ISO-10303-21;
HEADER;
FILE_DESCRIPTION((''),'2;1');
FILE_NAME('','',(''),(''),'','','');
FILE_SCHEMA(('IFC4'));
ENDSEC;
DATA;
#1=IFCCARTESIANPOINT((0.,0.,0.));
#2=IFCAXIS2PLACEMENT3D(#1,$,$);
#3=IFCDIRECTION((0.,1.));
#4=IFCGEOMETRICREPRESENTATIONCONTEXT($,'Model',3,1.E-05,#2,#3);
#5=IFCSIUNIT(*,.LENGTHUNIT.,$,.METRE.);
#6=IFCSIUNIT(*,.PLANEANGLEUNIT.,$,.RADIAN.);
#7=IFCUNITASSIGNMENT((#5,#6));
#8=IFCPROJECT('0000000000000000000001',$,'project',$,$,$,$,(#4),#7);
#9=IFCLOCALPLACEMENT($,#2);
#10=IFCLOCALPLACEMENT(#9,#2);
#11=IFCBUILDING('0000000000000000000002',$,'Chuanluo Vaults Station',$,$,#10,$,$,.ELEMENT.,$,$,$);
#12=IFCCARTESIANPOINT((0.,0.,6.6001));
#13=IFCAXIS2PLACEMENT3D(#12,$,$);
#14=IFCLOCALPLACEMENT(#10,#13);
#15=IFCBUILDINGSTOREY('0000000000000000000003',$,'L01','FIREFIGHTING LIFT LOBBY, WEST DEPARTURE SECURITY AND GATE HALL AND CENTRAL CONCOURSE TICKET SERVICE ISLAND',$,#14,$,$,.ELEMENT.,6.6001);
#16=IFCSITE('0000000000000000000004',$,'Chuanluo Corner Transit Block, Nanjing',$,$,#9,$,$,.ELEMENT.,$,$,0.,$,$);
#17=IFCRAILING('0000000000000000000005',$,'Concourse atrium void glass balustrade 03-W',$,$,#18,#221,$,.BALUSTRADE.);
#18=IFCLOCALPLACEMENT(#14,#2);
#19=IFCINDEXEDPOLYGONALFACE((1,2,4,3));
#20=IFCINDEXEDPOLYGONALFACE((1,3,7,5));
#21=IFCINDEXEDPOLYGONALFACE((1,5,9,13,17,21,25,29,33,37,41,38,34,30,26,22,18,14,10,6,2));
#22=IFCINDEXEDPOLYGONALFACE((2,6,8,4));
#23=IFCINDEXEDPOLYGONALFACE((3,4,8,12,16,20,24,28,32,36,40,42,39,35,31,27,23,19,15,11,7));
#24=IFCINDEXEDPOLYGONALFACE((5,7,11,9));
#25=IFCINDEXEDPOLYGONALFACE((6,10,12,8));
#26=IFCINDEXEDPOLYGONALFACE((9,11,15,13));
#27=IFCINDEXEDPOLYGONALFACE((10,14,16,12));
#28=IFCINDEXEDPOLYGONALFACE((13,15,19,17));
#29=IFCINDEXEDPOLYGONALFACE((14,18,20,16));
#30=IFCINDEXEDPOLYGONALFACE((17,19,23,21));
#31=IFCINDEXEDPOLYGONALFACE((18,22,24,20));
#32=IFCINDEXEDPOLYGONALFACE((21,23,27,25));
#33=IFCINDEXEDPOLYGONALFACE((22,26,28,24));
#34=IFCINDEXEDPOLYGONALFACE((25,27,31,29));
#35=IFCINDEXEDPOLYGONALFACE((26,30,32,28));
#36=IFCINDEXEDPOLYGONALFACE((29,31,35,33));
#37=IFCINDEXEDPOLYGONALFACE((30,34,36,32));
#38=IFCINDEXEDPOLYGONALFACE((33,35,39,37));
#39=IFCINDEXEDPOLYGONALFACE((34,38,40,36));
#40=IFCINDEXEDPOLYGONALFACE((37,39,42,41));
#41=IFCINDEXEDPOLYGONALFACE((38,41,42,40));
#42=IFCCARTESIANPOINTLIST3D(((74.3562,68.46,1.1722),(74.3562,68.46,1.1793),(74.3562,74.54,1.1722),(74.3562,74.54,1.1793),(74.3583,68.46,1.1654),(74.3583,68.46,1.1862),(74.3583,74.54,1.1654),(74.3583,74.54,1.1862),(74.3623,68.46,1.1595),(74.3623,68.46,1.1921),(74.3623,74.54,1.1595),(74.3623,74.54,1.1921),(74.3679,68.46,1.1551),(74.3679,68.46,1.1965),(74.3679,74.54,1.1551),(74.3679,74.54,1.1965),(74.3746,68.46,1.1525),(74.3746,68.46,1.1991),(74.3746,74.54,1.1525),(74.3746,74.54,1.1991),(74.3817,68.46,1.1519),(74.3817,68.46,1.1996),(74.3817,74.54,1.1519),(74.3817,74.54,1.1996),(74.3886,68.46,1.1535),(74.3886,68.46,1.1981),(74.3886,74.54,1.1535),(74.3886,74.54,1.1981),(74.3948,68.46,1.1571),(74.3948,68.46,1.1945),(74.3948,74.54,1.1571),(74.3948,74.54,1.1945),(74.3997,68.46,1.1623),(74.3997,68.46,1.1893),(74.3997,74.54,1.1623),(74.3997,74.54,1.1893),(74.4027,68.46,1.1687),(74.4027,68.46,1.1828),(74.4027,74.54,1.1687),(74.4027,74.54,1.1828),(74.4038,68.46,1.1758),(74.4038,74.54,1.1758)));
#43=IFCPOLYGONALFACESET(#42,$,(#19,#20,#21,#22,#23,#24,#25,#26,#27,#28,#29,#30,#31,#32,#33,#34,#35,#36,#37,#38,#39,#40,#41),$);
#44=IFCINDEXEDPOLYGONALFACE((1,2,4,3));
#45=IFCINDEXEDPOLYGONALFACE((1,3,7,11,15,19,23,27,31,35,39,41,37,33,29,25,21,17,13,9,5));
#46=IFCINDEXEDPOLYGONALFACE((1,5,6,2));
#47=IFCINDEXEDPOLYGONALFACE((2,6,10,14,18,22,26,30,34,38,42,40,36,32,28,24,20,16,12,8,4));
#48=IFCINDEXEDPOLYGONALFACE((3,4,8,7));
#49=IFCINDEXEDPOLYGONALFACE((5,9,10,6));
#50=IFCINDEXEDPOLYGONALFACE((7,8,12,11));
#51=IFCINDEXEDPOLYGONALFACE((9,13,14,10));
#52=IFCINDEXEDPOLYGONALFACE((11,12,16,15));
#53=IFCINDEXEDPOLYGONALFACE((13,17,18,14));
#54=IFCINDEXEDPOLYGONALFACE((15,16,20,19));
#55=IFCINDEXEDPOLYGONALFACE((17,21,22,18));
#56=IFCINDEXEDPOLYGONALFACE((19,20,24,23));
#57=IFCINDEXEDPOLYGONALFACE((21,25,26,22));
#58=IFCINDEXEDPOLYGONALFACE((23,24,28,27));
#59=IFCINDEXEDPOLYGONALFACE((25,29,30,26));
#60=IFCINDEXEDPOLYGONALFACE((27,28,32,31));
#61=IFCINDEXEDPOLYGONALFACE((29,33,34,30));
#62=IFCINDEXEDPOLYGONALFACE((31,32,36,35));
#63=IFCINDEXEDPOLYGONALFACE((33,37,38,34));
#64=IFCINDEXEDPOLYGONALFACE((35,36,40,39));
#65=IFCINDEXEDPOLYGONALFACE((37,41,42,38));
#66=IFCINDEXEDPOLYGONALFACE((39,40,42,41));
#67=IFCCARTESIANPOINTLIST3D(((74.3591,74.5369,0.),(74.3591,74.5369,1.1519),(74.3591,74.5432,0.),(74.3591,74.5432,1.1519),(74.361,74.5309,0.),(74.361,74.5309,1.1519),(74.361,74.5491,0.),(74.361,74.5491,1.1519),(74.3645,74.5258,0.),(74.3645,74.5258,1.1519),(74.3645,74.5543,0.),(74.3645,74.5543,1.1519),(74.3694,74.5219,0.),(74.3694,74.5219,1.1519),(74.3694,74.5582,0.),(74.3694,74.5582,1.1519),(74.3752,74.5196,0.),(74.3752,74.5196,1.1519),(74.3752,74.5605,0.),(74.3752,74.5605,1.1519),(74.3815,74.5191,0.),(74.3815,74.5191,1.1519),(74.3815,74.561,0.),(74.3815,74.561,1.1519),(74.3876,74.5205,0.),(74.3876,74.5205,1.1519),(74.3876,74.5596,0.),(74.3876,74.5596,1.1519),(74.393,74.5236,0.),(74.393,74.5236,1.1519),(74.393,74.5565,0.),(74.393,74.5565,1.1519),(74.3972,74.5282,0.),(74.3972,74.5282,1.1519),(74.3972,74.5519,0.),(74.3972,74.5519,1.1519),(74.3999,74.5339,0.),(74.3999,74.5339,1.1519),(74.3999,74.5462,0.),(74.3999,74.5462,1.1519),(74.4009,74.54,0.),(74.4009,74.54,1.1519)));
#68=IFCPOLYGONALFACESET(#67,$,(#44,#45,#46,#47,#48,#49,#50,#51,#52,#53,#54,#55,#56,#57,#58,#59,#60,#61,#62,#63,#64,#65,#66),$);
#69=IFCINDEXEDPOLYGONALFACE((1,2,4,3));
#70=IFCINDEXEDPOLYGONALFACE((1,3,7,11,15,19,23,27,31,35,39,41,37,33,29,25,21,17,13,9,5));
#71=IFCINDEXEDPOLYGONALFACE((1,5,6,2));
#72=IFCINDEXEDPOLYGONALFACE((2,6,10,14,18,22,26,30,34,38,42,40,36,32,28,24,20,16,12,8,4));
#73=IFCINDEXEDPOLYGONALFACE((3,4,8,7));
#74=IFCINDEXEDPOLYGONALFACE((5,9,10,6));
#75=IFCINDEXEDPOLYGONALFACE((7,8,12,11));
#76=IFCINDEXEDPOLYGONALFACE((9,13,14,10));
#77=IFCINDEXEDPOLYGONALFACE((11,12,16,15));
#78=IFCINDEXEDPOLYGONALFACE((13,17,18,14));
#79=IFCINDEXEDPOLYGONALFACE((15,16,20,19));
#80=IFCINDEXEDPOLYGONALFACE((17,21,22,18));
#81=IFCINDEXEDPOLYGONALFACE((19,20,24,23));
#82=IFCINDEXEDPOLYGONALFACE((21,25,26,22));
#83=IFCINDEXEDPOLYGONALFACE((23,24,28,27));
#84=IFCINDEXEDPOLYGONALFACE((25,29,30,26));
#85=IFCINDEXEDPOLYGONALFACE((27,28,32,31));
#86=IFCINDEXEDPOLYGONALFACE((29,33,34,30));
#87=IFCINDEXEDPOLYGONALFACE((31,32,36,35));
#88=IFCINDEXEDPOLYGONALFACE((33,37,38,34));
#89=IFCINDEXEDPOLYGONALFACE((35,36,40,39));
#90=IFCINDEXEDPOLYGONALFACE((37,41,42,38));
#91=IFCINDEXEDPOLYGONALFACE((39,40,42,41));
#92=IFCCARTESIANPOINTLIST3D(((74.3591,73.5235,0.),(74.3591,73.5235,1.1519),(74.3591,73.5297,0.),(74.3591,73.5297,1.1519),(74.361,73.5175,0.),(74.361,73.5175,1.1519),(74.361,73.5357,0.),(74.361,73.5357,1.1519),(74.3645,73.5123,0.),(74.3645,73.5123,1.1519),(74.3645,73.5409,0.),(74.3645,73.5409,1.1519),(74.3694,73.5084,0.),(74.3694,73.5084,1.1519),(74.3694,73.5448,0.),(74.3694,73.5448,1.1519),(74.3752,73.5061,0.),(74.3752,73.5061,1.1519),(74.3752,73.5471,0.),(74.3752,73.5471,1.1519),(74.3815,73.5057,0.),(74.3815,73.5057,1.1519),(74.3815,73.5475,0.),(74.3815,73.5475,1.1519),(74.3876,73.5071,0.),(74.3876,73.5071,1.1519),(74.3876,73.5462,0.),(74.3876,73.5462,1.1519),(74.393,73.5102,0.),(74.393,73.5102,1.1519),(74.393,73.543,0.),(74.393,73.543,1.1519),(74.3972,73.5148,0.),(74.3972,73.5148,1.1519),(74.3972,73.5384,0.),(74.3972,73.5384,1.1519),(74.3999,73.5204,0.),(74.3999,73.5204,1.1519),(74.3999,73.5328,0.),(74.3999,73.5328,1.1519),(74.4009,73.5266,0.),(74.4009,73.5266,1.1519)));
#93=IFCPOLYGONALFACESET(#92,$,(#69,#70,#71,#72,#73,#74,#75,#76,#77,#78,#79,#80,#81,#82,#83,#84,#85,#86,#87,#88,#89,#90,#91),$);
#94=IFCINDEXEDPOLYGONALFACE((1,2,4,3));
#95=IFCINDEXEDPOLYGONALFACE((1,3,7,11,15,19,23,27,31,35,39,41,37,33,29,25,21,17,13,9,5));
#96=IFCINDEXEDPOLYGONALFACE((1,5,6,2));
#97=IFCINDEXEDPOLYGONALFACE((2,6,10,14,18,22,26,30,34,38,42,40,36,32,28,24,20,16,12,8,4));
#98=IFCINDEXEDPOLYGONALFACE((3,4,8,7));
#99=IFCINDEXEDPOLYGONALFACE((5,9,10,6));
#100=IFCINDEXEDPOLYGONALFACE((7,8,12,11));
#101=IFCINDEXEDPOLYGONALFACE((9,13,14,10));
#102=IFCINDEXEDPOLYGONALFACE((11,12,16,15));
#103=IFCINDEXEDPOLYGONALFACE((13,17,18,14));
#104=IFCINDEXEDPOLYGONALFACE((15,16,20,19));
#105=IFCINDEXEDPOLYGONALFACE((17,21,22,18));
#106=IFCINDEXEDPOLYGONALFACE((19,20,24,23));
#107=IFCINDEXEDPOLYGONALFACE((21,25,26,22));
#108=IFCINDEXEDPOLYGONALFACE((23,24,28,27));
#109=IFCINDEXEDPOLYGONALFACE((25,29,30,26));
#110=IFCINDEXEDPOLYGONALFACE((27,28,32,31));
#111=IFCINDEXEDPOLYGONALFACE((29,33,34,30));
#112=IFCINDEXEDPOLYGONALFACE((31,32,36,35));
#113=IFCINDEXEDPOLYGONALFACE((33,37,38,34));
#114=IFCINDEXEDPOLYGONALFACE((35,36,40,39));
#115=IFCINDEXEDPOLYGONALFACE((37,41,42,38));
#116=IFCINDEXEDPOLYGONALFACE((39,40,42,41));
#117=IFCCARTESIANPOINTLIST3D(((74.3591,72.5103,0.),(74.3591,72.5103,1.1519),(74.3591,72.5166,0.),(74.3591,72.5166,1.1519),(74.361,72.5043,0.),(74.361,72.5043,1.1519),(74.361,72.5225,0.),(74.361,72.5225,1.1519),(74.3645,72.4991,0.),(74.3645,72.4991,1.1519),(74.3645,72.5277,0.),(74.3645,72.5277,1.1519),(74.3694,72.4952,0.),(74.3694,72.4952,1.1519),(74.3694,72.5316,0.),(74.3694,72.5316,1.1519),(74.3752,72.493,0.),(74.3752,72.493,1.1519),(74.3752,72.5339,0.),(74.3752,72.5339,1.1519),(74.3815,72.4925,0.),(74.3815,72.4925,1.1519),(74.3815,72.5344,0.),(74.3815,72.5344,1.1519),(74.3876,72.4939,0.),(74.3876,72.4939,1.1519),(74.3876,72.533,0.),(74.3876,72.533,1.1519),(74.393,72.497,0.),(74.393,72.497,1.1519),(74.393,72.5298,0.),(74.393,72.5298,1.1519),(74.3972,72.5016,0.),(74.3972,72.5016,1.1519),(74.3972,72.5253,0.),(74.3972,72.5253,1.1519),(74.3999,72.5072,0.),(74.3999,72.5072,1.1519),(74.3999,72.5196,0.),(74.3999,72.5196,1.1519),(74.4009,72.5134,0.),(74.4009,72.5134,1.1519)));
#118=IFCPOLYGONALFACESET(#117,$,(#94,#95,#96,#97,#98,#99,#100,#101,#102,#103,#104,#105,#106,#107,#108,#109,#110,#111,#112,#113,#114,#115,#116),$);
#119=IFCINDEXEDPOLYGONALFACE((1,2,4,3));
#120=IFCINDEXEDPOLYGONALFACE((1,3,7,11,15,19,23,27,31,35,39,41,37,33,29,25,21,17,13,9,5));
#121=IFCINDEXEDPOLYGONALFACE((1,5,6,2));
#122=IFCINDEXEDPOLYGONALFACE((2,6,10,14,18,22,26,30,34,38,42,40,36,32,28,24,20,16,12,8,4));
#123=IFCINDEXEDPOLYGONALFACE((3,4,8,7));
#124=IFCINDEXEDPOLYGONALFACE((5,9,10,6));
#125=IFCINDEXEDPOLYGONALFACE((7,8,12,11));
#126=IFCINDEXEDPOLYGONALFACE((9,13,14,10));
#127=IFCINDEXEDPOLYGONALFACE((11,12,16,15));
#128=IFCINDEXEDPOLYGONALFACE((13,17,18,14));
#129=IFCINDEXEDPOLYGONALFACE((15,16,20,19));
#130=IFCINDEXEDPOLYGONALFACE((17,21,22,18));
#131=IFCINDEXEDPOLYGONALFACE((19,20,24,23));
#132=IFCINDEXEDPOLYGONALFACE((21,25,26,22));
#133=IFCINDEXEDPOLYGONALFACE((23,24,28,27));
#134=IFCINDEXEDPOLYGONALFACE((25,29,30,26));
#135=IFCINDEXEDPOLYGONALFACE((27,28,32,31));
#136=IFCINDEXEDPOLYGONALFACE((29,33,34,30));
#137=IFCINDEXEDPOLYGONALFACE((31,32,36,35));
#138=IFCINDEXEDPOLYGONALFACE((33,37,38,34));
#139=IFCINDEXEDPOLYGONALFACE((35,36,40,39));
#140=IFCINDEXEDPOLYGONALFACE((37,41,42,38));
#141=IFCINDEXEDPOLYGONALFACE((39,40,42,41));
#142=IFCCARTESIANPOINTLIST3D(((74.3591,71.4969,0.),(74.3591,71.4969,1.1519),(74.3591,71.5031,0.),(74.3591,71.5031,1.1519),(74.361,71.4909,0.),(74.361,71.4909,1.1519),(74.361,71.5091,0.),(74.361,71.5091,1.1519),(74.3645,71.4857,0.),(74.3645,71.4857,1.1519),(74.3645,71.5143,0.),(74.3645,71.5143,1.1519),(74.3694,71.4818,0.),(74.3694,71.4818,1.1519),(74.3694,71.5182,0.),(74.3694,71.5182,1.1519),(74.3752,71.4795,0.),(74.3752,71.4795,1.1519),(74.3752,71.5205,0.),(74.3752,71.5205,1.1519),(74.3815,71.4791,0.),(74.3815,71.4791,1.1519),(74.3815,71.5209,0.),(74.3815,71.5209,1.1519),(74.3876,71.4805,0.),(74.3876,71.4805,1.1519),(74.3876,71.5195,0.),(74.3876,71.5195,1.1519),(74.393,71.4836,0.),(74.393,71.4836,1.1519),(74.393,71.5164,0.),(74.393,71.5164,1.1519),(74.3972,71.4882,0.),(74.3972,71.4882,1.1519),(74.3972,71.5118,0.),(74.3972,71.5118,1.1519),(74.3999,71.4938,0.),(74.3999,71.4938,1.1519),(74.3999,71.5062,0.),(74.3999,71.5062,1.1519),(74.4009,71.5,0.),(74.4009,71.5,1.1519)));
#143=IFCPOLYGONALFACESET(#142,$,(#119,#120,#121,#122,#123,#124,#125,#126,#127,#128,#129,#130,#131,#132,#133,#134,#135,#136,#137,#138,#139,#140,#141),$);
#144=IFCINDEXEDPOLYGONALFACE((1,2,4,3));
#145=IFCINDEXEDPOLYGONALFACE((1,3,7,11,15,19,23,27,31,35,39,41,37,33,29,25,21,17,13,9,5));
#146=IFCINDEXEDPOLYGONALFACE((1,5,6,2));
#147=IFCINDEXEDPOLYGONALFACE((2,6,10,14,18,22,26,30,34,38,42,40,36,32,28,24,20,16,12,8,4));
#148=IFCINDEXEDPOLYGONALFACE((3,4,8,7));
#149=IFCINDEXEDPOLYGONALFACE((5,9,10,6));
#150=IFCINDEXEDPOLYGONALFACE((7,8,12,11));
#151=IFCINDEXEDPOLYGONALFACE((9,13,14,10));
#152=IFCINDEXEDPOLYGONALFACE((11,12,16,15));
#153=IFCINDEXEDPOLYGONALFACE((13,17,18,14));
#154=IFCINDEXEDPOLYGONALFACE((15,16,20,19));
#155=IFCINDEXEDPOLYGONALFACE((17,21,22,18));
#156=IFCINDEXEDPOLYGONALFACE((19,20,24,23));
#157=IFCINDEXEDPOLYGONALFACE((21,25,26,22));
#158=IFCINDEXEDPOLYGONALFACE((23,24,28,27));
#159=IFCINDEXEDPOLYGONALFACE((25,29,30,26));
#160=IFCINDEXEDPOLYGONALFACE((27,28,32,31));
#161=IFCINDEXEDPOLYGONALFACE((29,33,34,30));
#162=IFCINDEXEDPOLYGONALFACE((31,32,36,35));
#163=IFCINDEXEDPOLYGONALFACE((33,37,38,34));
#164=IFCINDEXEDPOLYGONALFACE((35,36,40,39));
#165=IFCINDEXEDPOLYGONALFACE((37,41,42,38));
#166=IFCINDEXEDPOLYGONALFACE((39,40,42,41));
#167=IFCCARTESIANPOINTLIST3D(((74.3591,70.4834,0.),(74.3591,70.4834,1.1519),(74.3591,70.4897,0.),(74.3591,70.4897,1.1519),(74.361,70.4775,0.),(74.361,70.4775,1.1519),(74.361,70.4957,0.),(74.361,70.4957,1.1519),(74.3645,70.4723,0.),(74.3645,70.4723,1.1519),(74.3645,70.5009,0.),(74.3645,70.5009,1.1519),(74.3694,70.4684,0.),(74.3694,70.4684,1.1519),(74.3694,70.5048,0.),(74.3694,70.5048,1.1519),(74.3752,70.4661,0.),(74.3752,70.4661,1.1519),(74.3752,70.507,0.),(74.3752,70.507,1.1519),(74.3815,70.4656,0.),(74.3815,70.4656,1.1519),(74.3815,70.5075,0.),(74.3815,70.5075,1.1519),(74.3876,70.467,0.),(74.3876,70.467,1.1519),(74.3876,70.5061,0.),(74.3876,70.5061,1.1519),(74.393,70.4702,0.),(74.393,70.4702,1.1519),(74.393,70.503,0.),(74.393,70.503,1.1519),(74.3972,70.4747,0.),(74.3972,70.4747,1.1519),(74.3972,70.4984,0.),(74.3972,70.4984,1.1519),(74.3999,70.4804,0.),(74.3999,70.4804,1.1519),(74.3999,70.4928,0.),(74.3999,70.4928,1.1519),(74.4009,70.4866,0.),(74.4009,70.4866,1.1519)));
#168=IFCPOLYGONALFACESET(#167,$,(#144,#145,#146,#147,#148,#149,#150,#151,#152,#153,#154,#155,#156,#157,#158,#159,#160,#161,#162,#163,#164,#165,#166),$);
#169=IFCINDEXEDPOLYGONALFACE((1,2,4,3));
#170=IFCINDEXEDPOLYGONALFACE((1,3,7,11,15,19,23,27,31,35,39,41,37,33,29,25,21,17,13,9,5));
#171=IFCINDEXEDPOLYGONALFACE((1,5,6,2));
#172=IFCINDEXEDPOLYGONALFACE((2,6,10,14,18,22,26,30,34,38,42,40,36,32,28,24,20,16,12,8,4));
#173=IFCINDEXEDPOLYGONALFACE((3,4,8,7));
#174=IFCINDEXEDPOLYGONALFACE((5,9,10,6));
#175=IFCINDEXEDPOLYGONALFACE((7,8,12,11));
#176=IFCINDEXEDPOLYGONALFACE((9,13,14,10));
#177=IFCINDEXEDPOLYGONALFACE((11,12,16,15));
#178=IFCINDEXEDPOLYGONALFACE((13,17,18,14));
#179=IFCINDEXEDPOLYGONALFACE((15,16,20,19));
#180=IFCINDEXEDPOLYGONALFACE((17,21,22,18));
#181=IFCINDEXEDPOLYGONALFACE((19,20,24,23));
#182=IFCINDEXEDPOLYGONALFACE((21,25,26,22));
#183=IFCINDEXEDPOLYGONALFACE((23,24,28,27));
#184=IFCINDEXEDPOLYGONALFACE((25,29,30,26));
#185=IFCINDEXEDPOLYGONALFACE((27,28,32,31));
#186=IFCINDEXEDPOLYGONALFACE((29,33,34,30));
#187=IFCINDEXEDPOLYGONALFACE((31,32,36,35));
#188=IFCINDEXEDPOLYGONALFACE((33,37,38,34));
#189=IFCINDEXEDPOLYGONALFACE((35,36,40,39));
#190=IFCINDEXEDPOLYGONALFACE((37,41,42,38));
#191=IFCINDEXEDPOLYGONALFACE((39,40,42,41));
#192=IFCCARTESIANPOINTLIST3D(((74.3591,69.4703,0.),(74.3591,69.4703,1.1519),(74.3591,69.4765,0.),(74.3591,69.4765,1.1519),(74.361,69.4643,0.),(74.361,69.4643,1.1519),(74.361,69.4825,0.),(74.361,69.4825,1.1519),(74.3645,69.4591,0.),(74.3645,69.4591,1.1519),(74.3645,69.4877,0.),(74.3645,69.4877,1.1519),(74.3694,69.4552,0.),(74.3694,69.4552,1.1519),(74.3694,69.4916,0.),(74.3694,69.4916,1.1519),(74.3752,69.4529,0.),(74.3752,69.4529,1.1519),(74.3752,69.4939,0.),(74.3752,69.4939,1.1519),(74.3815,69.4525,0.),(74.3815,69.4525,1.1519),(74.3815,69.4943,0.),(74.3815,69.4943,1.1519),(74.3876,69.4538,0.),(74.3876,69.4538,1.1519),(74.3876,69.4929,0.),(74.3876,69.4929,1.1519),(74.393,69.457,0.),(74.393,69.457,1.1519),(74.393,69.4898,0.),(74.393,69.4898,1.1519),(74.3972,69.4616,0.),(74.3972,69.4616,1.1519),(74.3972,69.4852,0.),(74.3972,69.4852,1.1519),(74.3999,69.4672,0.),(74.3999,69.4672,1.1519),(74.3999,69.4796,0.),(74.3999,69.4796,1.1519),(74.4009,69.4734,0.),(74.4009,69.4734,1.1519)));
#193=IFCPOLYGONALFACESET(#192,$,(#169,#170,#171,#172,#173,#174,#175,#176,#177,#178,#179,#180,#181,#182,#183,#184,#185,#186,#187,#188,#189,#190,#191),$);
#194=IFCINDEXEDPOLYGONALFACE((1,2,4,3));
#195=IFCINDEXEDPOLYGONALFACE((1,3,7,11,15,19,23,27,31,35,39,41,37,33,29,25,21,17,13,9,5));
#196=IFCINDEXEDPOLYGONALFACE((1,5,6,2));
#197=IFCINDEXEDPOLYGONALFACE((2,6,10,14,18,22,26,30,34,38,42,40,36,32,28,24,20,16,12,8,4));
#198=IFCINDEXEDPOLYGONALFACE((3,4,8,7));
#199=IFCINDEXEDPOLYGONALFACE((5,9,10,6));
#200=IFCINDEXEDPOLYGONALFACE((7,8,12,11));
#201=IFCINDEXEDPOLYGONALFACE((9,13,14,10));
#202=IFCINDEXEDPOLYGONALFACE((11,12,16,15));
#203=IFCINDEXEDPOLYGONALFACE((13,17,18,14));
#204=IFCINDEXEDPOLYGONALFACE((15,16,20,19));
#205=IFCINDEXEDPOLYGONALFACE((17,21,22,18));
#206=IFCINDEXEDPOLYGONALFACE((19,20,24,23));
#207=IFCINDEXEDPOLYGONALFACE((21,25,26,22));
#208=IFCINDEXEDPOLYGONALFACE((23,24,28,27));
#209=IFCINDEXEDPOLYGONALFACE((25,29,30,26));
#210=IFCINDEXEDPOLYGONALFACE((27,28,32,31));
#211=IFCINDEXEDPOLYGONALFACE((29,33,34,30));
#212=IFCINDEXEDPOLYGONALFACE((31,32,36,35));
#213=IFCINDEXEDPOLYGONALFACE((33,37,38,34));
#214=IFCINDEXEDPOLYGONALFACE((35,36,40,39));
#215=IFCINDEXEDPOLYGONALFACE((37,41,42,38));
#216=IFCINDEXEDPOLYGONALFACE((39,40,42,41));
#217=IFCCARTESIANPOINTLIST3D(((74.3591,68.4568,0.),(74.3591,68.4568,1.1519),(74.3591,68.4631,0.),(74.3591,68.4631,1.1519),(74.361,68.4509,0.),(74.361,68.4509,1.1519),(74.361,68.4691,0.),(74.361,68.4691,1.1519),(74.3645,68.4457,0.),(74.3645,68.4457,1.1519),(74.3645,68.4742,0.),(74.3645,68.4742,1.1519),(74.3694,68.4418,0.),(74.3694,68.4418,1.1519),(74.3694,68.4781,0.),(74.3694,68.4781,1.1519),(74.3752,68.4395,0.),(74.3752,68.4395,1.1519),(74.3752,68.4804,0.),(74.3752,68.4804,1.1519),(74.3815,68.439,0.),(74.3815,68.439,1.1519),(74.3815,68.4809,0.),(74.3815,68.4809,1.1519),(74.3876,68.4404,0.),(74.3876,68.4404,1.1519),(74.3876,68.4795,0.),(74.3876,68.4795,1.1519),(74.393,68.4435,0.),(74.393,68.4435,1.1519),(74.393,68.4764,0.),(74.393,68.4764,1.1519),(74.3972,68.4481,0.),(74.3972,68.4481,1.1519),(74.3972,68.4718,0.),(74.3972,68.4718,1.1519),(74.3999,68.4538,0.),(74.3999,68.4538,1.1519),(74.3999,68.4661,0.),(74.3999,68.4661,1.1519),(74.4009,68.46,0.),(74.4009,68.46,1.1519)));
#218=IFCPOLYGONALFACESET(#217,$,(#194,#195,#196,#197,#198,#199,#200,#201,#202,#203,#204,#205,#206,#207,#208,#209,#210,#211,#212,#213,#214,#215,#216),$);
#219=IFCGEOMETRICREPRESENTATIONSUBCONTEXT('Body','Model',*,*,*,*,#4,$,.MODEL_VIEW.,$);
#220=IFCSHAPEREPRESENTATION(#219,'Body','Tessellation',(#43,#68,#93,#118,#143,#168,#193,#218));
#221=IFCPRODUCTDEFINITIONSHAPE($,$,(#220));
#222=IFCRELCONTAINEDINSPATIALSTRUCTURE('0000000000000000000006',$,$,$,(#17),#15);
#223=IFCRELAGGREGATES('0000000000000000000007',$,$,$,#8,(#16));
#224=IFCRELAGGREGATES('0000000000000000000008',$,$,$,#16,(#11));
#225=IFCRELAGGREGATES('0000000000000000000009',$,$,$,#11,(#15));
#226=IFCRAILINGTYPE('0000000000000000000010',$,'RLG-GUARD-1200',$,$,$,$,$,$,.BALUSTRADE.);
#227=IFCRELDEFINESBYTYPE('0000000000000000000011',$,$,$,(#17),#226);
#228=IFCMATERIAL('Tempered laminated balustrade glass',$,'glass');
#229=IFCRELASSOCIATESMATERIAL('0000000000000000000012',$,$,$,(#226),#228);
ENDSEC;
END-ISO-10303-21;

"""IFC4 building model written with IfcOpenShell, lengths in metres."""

from ifc_helpers import new_model, si_unit, direction, frame, origin, origin_2d, place, context, subcontext, project, spatial, circle, extrude, material, type_object, element, save


model = new_model("IFC4")

# Units and contexts
model_context = context("Model", 3, precision=1e-05, world=origin(), true_north=direction((0.0, 1.0)))
body_context = subcontext(model_context, "Body", "Model", "MODEL_VIEW")
ifc_project = project(units=[si_unit("LENGTHUNIT", "METRE"), si_unit("PLANEANGLEUNIT", "RADIAN")], contexts=[model_context])

# Site, building, storey
site_placement = place(None, origin())
site = spatial("IfcSite", under=ifc_project, at=site_placement, Name="Chuanluo Corner Transit Block, Nanjing", CompositionType="ELEMENT", RefElevation=0.0)
building_placement = place(site_placement, origin())
building = spatial("IfcBuilding", under=site, at=building_placement, Name="Chuanluo Vaults Station", CompositionType="ELEMENT")
storey_placement = place(building_placement, frame((0.0, 0.0, 6.6001)))
storey = spatial("IfcBuildingStorey", under=building, at=storey_placement, Name="L01", Description="FIREFIGHTING LIFT LOBBY, WEST DEPARTURE SECURITY AND GATE HALL AND CENTRAL CONCOURSE TICKET SERVICE ISLAND", CompositionType="ELEMENT", Elevation=6.6001)

# Railing
ifc_material_1 = material(Name="Tempered laminated balustrade glass", Category="glass")
railing_type = type_object("IfcRailingType", Name="RLG-GUARD-1200", PredefinedType="BALUSTRADE", material=ifc_material_1)
railing_1_placement = place(storey_placement, frame((74.3799, 74.54, 0.0)))
element("IfcRailing", 1, at=railing_1_placement, inside=storey, type_object=railing_type, Name="Concourse atrium void glass balustrade 03-W", PredefinedType="BALUSTRADE", context=body_context, shape_type="SweptSolid", body=[
    extrude(circle(Radius=0.0239, at=origin_2d()), frame((0.0, 0.0, 1.1758), z_axis=(0.0, -1.0, 0.0), x_axis=(1.0, 0.0, 0.0)), (0.0, 0.0, 1.0), 6.0801),
    extrude(circle(Radius=0.021, at=origin_2d()), origin(), (0.0, 0.0, 1.0), 1.1519),
    extrude(circle(Radius=0.021, at=origin_2d()), frame((0.0, -1.0134, 0.0)), (0.0, 0.0, 1.0), 1.1519),
    extrude(circle(Radius=0.021, at=origin_2d()), frame((0.0, -2.0266, 0.0)), (0.0, 0.0, 1.0), 1.1519),
    extrude(circle(Radius=0.021, at=origin_2d()), frame((0.0, -3.04, 0.0)), (0.0, 0.0, 1.0), 1.1519),
    extrude(circle(Radius=0.021, at=origin_2d()), frame((0.0, -4.0535, 0.0)), (0.0, 0.0, 1.0), 1.1519),
    extrude(circle(Radius=0.021, at=origin_2d()), frame((0.0, -5.0667, 0.0)), (0.0, 0.0, 1.0), 1.1519),
    extrude(circle(Radius=0.021, at=origin_2d()), frame((0.0, -6.0801, 0.0)), (0.0, 0.0, 1.0), 1.1519),
])

save(model, "model.ifc")
